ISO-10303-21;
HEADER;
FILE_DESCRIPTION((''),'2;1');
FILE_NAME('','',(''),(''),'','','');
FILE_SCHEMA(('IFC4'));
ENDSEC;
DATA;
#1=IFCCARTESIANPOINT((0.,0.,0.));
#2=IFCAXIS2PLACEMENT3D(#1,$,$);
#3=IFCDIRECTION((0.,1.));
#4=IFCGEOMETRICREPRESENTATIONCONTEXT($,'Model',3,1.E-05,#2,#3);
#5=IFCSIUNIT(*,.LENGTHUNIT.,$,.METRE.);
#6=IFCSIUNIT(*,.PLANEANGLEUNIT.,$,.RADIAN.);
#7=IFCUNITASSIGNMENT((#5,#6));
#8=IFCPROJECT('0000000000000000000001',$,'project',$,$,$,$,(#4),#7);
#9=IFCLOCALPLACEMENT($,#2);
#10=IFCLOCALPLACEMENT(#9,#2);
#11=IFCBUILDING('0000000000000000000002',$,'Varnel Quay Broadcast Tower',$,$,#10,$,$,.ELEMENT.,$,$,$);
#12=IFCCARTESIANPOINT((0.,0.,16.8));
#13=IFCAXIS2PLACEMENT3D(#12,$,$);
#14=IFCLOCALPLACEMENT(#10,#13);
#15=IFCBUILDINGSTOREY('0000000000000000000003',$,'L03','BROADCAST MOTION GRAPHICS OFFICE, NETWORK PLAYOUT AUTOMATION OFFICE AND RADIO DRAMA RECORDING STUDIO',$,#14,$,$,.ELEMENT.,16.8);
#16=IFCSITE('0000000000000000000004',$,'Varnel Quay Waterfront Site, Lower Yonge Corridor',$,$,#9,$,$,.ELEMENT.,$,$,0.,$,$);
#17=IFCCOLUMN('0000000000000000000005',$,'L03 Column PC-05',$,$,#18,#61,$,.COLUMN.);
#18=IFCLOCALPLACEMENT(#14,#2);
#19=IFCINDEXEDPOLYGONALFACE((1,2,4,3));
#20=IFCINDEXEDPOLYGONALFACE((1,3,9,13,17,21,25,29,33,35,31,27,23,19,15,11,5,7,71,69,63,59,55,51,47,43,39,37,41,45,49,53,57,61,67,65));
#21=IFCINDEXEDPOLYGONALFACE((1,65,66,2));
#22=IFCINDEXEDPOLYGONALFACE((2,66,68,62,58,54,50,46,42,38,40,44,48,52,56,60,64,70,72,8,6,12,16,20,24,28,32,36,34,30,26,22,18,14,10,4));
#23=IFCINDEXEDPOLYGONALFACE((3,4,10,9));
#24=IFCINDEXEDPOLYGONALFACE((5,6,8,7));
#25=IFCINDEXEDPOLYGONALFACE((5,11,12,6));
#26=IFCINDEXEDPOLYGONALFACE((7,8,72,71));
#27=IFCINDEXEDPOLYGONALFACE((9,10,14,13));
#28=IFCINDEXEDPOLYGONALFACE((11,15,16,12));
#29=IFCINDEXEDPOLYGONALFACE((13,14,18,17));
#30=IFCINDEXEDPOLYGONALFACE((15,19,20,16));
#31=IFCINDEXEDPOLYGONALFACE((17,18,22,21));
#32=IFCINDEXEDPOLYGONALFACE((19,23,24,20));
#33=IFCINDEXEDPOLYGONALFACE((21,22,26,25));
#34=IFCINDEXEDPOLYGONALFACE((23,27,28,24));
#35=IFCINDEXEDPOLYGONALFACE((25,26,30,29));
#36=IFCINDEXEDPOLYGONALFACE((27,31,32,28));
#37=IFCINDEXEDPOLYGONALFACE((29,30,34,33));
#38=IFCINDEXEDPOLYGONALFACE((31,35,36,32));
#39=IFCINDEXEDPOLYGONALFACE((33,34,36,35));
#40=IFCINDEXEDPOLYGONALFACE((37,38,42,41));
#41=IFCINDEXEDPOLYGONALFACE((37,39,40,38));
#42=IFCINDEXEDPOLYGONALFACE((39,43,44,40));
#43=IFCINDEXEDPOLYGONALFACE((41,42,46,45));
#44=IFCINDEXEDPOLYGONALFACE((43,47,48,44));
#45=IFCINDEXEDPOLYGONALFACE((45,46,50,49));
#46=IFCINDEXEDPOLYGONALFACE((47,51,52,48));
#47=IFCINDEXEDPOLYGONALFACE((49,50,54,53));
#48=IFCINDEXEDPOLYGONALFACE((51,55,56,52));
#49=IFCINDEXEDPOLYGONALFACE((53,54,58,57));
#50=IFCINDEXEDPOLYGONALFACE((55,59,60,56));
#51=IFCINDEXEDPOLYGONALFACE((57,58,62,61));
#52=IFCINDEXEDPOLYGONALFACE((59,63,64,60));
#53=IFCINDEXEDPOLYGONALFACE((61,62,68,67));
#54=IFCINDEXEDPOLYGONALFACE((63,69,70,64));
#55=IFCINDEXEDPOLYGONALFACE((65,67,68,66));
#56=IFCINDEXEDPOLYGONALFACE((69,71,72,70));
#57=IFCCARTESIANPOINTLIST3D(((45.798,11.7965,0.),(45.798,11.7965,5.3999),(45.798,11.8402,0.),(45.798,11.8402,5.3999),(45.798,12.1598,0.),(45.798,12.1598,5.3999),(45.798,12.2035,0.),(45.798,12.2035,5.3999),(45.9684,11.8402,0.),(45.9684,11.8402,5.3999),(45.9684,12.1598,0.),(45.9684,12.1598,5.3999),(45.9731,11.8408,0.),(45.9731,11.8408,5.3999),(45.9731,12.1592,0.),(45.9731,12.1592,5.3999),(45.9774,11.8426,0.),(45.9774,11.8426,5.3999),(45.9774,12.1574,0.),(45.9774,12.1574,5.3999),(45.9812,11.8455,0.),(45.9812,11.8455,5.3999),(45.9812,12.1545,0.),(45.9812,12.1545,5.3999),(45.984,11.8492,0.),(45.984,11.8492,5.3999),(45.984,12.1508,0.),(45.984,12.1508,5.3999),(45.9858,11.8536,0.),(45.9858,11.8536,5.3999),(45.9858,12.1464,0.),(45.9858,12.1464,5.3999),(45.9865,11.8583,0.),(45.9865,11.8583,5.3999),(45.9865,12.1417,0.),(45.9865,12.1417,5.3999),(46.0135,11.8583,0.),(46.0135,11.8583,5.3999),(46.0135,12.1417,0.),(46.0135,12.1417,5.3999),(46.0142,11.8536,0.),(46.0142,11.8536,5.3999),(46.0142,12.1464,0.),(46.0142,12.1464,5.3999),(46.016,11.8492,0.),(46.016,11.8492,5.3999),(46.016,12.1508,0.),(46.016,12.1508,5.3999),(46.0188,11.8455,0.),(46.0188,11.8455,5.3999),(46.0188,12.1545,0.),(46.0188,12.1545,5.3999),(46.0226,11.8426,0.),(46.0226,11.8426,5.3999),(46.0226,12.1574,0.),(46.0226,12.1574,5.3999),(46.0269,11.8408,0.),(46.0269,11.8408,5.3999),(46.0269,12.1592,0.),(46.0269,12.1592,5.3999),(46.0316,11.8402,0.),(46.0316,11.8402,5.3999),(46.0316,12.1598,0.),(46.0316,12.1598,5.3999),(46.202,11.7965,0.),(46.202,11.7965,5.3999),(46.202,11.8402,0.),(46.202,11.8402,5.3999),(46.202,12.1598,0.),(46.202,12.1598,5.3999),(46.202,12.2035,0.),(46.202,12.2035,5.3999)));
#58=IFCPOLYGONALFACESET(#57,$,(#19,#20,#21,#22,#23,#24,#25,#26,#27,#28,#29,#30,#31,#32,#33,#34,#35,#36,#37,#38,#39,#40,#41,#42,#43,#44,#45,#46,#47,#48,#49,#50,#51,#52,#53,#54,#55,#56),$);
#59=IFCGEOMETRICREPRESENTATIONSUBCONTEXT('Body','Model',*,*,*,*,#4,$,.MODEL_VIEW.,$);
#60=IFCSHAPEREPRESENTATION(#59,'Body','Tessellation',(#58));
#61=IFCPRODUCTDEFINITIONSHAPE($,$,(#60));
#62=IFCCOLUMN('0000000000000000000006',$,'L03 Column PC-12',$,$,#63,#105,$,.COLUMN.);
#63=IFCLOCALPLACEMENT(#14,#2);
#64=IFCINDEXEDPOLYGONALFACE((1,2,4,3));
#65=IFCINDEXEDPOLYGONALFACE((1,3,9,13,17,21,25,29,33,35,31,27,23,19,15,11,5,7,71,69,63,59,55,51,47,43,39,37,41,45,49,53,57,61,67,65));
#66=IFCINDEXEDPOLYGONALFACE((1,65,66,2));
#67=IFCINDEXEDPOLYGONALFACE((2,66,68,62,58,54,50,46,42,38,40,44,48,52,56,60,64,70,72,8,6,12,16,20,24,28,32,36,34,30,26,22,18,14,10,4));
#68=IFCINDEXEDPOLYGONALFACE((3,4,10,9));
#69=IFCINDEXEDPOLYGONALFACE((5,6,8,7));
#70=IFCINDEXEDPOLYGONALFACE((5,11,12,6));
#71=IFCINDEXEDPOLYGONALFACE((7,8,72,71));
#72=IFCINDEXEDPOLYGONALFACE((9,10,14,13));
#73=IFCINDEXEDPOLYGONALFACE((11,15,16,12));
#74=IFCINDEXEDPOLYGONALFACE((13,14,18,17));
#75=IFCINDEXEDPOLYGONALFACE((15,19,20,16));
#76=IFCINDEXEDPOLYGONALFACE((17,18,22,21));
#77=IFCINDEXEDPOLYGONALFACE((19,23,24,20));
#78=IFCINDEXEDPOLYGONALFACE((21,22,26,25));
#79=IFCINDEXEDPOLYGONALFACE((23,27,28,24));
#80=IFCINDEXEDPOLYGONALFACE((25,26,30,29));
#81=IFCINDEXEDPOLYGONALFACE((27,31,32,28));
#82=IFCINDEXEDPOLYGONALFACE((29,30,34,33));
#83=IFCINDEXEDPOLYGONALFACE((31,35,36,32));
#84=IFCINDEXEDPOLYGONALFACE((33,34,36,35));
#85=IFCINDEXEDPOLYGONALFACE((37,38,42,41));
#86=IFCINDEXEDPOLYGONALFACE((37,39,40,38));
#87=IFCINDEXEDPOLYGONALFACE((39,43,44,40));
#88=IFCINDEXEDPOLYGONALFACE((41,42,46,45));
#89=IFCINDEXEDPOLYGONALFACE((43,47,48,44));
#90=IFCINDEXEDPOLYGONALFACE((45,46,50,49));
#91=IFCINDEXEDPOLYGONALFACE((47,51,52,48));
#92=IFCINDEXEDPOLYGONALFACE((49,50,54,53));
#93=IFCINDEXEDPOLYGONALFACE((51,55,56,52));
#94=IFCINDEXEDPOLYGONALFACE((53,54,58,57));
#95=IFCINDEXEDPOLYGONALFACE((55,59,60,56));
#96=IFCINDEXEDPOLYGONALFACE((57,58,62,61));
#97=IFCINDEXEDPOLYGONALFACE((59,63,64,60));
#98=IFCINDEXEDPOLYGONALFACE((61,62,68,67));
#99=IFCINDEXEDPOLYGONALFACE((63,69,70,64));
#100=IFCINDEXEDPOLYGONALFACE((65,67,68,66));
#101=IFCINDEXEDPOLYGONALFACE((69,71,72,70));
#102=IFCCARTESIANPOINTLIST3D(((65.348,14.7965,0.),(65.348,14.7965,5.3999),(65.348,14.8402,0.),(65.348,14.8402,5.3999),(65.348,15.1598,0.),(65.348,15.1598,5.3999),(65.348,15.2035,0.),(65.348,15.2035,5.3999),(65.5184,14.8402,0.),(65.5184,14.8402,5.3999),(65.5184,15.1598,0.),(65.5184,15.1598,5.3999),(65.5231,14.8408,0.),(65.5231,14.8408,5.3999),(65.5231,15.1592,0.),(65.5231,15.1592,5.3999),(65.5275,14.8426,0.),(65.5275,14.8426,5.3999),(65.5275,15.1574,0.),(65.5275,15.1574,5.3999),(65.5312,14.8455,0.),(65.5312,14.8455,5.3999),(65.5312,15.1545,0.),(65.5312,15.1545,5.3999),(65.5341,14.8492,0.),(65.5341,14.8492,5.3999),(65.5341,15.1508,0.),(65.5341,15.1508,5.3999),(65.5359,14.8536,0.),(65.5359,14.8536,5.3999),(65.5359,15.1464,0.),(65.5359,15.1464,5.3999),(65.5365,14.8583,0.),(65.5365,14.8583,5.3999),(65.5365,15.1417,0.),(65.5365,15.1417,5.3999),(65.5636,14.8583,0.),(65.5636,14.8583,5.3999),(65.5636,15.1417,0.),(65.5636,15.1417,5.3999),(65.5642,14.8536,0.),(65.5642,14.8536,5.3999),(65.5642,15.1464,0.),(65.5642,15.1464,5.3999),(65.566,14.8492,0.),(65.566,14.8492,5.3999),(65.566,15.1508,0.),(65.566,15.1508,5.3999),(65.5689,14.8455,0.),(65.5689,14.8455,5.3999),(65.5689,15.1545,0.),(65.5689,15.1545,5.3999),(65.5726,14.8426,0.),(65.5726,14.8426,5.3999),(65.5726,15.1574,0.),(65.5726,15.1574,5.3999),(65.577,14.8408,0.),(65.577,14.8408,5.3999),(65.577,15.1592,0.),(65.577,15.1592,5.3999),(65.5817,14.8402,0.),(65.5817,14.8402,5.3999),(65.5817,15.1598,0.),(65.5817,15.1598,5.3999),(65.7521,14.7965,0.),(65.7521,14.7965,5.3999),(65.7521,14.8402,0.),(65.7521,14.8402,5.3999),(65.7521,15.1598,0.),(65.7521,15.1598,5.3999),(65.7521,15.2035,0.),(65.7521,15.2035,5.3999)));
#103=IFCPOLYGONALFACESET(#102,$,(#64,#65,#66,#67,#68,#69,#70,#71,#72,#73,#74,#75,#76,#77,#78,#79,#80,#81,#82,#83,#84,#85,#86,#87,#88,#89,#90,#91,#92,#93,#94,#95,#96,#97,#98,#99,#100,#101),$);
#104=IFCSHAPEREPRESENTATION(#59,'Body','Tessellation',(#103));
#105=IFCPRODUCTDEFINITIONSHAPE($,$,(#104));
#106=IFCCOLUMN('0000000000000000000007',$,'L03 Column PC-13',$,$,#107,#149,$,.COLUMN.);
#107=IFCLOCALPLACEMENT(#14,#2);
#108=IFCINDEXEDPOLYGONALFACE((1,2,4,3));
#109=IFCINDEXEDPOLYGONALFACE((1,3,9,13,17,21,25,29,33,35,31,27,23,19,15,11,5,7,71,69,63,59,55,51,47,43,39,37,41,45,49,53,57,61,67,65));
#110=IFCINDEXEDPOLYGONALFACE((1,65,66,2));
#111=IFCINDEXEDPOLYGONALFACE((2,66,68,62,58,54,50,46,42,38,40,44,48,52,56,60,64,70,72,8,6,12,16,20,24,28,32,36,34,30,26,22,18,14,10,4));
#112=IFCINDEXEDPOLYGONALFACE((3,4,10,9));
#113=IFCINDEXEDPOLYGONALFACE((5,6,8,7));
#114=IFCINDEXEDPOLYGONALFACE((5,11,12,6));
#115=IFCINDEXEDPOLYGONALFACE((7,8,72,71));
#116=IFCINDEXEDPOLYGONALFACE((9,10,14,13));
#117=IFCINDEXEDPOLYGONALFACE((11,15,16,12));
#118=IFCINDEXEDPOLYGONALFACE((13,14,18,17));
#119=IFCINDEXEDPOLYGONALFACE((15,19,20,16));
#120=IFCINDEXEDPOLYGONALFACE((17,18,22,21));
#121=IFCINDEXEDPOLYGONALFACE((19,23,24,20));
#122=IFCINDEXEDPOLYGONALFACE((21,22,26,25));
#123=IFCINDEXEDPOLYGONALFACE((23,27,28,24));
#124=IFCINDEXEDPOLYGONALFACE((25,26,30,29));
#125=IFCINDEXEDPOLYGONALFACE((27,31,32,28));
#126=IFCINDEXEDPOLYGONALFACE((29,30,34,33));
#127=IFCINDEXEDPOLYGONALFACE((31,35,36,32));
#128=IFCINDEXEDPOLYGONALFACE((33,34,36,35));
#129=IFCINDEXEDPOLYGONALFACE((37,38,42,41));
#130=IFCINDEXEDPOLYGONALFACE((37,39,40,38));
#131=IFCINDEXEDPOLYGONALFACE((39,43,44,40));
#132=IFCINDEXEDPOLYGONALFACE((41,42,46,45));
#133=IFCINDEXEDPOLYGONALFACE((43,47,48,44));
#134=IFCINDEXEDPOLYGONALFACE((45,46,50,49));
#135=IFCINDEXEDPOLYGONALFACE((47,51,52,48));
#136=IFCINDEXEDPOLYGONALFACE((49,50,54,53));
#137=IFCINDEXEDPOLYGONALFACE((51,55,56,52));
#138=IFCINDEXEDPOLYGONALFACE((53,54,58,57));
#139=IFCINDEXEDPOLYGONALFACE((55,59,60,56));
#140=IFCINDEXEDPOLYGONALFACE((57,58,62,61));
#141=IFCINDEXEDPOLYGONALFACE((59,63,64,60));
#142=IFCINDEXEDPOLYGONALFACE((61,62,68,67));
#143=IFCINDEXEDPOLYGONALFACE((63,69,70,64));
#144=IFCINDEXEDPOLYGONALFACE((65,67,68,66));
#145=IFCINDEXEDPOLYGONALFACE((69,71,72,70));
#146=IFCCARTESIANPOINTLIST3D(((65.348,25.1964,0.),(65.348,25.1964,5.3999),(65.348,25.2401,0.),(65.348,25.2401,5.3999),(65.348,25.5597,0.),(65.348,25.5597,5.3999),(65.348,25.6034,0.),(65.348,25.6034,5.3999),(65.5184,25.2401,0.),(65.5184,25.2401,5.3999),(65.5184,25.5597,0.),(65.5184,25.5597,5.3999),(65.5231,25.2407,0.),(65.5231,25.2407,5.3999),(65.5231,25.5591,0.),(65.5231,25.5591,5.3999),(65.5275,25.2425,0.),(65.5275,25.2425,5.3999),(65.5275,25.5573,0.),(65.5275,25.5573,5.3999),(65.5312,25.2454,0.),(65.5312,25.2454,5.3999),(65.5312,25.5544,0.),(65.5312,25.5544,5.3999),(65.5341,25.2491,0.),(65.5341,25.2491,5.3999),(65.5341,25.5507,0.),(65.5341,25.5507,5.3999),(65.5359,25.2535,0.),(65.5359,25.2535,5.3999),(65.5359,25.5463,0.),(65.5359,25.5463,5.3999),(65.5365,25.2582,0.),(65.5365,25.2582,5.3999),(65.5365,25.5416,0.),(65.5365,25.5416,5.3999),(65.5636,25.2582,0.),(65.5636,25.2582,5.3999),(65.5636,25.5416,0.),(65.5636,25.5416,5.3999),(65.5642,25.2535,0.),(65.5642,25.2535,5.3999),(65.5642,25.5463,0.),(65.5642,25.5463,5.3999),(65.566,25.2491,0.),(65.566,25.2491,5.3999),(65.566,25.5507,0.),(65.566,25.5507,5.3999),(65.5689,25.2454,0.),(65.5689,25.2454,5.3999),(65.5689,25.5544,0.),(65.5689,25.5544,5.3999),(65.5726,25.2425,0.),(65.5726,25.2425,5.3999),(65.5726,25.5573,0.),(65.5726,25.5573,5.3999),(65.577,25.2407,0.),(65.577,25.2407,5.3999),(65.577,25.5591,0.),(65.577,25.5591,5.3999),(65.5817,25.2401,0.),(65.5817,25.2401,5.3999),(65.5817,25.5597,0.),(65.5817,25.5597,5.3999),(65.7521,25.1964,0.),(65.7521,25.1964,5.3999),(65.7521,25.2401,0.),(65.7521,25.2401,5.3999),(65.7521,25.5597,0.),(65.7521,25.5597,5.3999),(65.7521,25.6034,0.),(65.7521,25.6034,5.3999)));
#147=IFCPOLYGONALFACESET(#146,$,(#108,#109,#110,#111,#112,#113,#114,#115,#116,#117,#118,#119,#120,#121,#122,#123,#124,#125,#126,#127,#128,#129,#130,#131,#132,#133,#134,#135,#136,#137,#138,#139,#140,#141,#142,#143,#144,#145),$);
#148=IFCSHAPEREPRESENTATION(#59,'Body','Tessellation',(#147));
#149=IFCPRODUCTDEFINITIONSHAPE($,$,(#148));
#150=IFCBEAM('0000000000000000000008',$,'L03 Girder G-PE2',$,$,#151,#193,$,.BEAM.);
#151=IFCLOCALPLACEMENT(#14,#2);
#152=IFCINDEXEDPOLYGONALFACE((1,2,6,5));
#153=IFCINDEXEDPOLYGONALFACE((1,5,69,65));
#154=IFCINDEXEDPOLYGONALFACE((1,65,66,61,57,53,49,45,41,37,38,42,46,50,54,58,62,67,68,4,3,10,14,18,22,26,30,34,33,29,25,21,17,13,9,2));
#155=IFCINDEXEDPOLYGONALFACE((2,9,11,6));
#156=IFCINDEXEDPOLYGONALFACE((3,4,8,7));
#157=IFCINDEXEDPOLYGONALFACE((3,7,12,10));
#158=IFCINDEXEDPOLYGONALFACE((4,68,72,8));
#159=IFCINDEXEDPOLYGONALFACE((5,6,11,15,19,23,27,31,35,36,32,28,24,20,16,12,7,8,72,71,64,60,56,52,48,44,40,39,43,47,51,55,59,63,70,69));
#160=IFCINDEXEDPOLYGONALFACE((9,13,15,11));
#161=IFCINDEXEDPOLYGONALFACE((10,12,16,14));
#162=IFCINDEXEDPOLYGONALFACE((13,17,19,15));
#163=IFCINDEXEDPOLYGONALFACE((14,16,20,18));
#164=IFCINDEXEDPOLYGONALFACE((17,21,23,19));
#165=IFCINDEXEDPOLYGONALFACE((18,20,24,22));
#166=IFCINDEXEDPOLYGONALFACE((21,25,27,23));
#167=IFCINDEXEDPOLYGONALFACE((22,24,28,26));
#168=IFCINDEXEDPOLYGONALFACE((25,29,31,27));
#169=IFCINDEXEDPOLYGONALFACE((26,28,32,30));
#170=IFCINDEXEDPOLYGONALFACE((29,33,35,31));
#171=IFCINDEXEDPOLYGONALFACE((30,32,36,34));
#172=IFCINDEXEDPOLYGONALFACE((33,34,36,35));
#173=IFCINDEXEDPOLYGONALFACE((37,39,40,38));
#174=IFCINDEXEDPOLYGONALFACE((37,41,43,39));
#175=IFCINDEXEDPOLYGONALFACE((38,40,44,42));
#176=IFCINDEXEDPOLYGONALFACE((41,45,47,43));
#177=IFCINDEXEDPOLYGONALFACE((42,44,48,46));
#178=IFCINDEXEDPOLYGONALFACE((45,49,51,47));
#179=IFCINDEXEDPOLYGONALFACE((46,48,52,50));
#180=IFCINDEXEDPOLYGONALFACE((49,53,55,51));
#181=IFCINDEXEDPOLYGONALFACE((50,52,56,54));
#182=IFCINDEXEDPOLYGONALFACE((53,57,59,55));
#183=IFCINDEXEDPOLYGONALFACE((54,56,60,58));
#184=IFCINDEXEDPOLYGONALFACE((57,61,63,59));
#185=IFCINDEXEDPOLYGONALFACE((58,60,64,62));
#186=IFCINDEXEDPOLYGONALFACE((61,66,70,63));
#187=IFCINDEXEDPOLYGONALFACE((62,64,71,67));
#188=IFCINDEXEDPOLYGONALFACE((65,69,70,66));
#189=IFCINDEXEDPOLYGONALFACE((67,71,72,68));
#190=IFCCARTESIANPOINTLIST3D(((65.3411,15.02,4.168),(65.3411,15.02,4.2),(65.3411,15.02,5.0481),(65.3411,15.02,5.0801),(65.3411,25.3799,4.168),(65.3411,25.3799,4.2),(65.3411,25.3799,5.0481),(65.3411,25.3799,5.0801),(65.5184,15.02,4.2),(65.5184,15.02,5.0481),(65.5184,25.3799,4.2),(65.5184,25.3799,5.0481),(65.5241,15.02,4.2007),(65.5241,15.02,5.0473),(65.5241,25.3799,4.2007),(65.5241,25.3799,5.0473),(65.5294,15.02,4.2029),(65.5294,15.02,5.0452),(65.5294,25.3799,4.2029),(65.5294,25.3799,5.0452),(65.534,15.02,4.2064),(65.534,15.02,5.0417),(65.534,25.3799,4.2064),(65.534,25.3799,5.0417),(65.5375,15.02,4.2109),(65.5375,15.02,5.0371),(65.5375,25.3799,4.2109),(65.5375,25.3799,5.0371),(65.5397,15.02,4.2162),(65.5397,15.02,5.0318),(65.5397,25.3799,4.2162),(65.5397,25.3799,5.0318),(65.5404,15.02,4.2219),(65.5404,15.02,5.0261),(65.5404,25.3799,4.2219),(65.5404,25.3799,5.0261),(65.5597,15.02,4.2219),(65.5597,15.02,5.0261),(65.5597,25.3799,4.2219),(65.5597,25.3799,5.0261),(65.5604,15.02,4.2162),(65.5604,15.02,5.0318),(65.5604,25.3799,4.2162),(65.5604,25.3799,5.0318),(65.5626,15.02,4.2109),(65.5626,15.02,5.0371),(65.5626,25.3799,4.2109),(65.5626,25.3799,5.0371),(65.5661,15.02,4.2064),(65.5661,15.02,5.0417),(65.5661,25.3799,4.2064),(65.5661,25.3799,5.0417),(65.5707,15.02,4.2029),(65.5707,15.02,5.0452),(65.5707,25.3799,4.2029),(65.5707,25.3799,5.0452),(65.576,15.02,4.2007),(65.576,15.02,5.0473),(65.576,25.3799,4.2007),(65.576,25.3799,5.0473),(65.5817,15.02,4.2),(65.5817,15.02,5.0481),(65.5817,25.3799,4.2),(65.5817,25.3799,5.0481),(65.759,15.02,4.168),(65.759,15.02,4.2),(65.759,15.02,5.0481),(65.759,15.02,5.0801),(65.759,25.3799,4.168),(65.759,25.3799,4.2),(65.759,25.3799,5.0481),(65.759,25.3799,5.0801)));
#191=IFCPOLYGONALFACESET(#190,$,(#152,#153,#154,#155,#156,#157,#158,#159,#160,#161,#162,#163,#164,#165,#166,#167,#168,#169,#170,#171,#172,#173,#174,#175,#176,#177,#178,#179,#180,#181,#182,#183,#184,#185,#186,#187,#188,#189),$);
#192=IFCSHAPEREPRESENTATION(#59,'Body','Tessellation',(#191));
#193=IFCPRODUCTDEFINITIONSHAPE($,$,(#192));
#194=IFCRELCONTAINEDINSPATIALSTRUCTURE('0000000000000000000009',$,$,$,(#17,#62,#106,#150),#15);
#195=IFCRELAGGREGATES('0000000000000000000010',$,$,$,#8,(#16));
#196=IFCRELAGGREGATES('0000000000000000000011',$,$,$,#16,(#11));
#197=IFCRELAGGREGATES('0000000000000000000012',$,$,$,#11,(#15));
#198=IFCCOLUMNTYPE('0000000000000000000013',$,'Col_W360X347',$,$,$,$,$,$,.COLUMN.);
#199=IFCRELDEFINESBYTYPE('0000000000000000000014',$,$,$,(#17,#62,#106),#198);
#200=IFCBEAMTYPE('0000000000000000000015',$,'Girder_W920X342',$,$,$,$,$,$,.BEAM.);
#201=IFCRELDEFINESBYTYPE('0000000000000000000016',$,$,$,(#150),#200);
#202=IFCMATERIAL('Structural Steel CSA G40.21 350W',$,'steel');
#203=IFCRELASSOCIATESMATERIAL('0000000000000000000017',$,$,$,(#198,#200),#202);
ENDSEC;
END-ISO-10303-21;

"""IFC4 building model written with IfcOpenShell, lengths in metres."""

from ifc_helpers import new_model, si_unit, direction, frame, origin, origin_2d, place, context, subcontext, project, spatial, i_section, extrude, source, transform, mapped, material, material_profile, profile_set, type_object, type_shapes, element, save


model = new_model("IFC4")

# Units and contexts
model_context = context("Model", 3, precision=1e-05, world=origin(), true_north=direction((0.0, 1.0)))
body_context = subcontext(model_context, "Body", "Model", "MODEL_VIEW")
ifc_project = project(units=[si_unit("LENGTHUNIT", "METRE"), si_unit("PLANEANGLEUNIT", "RADIAN")], contexts=[model_context])

# Site, building, storey
site_placement = place(None, origin())
site = spatial("IfcSite", under=ifc_project, at=site_placement, Name="Varnel Quay Waterfront Site, Lower Yonge Corridor", CompositionType="ELEMENT", RefElevation=0.0)
building_placement = place(site_placement, origin())
building = spatial("IfcBuilding", under=site, at=building_placement, Name="Varnel Quay Broadcast Tower", CompositionType="ELEMENT")
storey_placement = place(building_placement, frame((0.0, 0.0, 16.8)))
storey = spatial("IfcBuildingStorey", under=building, at=storey_placement, Name="L03", Description="BROADCAST MOTION GRAPHICS OFFICE, NETWORK PLAYOUT AUTOMATION OFFICE AND RADIO DRAMA RECORDING STUDIO", CompositionType="ELEMENT", Elevation=16.8)

# Columns
ifc_material_1 = material(Name="Structural Steel CSA G40.21 350W", Category="steel")
ifc_material_profile_1 = material_profile(ifc_material_1, i_section(OverallWidth=0.4041, OverallDepth=0.407, WebThickness=0.0271, FlangeThickness=0.0437, FilletRadius=0.0181, at=origin_2d()), Name="W360X347")
ifc_profile_set_1 = profile_set([ifc_material_profile_1], Name="Structural Steel CSA G40.21 350W")
column_type = type_object("IfcColumnType", Name="Col_W360X347", PredefinedType="COLUMN", material=ifc_profile_set_1)
shared_shape_1 = source(origin(), body_context, "Body", "SweptSolid", [
    extrude(i_section(OverallWidth=0.4041, OverallDepth=0.407, WebThickness=0.0271, FlangeThickness=0.0437, FilletRadius=0.0181, at=origin_2d()), origin(), (0.0, 0.0, 1.0), 5.3999),
])
type_shapes(column_type, [shared_shape_1])
for number, where, z_axis, x_axis, name in (
    (1, (46.0, 12.0, 0.0), (0.0, 0.0, 1.0), (1.0, 0.0, 0.0), "L03 Column PC-05"),
    (2, (65.55, 15.0, 0.0), (0.0, 0.0, 1.0), (1.0, 0.0, 0.0), "L03 Column PC-12"),
    (3, (65.55, 25.3999, 0.0), (0.0, 0.0, 1.0), (1.0, 0.0, 0.0), "L03 Column PC-13"),
):
    element("IfcColumn", number, at=place(storey_placement, frame(where, z_axis=z_axis, x_axis=x_axis)), inside=storey, type_object=column_type, Name=name, PredefinedType="COLUMN", context=body_context, shape_type="MappedRepresentation", body=[
        mapped(shared_shape_1, transform((0.0, 0.0, 0.0), x_axis=(1.0, 0.0, 0.0), y_axis=(0.0, 1.0, 0.0), z_axis=(0.0, 0.0, 1.0), scale=1.0)),
    ])

# Beam
ifc_material_profile_2 = material_profile(ifc_material_1, i_section(OverallWidth=0.418, OverallDepth=0.9121, WebThickness=0.0193, FlangeThickness=0.032, FilletRadius=0.022, at=origin_2d()), Name="W920X342")
ifc_profile_set_2 = profile_set([ifc_material_profile_2], Name="Structural Steel CSA G40.21 350W")
beam_type = type_object("IfcBeamType", Name="Girder_W920X342", PredefinedType="BEAM", material=ifc_profile_set_2)
shared_shape_2 = source(origin(), body_context, "Body", "SweptSolid", [
    extrude(i_section(OverallWidth=0.418, OverallDepth=0.9121, WebThickness=0.0193, FlangeThickness=0.032, FilletRadius=0.022, at=origin_2d()), origin(), (0.0, 0.0, 1.0), 10.3599),
])
beam_1_placement = place(storey_placement, frame((65.55, 15.02, 4.624), z_axis=(0.0, 1.0, 0.0), x_axis=(-1.0, 0.0, 0.0)))
element("IfcBeam", 4, at=beam_1_placement, inside=storey, type_object=beam_type, Name="L03 Girder G-PE2", PredefinedType="BEAM", context=body_context, shape_type="MappedRepresentation", body=[
    mapped(shared_shape_2, transform((0.0, 0.0, 0.0), x_axis=(1.0, 0.0, 0.0), y_axis=(0.0, 1.0, 0.0), z_axis=(0.0, 0.0, 1.0), scale=1.0)),
])

save(model, "model.ifc")
